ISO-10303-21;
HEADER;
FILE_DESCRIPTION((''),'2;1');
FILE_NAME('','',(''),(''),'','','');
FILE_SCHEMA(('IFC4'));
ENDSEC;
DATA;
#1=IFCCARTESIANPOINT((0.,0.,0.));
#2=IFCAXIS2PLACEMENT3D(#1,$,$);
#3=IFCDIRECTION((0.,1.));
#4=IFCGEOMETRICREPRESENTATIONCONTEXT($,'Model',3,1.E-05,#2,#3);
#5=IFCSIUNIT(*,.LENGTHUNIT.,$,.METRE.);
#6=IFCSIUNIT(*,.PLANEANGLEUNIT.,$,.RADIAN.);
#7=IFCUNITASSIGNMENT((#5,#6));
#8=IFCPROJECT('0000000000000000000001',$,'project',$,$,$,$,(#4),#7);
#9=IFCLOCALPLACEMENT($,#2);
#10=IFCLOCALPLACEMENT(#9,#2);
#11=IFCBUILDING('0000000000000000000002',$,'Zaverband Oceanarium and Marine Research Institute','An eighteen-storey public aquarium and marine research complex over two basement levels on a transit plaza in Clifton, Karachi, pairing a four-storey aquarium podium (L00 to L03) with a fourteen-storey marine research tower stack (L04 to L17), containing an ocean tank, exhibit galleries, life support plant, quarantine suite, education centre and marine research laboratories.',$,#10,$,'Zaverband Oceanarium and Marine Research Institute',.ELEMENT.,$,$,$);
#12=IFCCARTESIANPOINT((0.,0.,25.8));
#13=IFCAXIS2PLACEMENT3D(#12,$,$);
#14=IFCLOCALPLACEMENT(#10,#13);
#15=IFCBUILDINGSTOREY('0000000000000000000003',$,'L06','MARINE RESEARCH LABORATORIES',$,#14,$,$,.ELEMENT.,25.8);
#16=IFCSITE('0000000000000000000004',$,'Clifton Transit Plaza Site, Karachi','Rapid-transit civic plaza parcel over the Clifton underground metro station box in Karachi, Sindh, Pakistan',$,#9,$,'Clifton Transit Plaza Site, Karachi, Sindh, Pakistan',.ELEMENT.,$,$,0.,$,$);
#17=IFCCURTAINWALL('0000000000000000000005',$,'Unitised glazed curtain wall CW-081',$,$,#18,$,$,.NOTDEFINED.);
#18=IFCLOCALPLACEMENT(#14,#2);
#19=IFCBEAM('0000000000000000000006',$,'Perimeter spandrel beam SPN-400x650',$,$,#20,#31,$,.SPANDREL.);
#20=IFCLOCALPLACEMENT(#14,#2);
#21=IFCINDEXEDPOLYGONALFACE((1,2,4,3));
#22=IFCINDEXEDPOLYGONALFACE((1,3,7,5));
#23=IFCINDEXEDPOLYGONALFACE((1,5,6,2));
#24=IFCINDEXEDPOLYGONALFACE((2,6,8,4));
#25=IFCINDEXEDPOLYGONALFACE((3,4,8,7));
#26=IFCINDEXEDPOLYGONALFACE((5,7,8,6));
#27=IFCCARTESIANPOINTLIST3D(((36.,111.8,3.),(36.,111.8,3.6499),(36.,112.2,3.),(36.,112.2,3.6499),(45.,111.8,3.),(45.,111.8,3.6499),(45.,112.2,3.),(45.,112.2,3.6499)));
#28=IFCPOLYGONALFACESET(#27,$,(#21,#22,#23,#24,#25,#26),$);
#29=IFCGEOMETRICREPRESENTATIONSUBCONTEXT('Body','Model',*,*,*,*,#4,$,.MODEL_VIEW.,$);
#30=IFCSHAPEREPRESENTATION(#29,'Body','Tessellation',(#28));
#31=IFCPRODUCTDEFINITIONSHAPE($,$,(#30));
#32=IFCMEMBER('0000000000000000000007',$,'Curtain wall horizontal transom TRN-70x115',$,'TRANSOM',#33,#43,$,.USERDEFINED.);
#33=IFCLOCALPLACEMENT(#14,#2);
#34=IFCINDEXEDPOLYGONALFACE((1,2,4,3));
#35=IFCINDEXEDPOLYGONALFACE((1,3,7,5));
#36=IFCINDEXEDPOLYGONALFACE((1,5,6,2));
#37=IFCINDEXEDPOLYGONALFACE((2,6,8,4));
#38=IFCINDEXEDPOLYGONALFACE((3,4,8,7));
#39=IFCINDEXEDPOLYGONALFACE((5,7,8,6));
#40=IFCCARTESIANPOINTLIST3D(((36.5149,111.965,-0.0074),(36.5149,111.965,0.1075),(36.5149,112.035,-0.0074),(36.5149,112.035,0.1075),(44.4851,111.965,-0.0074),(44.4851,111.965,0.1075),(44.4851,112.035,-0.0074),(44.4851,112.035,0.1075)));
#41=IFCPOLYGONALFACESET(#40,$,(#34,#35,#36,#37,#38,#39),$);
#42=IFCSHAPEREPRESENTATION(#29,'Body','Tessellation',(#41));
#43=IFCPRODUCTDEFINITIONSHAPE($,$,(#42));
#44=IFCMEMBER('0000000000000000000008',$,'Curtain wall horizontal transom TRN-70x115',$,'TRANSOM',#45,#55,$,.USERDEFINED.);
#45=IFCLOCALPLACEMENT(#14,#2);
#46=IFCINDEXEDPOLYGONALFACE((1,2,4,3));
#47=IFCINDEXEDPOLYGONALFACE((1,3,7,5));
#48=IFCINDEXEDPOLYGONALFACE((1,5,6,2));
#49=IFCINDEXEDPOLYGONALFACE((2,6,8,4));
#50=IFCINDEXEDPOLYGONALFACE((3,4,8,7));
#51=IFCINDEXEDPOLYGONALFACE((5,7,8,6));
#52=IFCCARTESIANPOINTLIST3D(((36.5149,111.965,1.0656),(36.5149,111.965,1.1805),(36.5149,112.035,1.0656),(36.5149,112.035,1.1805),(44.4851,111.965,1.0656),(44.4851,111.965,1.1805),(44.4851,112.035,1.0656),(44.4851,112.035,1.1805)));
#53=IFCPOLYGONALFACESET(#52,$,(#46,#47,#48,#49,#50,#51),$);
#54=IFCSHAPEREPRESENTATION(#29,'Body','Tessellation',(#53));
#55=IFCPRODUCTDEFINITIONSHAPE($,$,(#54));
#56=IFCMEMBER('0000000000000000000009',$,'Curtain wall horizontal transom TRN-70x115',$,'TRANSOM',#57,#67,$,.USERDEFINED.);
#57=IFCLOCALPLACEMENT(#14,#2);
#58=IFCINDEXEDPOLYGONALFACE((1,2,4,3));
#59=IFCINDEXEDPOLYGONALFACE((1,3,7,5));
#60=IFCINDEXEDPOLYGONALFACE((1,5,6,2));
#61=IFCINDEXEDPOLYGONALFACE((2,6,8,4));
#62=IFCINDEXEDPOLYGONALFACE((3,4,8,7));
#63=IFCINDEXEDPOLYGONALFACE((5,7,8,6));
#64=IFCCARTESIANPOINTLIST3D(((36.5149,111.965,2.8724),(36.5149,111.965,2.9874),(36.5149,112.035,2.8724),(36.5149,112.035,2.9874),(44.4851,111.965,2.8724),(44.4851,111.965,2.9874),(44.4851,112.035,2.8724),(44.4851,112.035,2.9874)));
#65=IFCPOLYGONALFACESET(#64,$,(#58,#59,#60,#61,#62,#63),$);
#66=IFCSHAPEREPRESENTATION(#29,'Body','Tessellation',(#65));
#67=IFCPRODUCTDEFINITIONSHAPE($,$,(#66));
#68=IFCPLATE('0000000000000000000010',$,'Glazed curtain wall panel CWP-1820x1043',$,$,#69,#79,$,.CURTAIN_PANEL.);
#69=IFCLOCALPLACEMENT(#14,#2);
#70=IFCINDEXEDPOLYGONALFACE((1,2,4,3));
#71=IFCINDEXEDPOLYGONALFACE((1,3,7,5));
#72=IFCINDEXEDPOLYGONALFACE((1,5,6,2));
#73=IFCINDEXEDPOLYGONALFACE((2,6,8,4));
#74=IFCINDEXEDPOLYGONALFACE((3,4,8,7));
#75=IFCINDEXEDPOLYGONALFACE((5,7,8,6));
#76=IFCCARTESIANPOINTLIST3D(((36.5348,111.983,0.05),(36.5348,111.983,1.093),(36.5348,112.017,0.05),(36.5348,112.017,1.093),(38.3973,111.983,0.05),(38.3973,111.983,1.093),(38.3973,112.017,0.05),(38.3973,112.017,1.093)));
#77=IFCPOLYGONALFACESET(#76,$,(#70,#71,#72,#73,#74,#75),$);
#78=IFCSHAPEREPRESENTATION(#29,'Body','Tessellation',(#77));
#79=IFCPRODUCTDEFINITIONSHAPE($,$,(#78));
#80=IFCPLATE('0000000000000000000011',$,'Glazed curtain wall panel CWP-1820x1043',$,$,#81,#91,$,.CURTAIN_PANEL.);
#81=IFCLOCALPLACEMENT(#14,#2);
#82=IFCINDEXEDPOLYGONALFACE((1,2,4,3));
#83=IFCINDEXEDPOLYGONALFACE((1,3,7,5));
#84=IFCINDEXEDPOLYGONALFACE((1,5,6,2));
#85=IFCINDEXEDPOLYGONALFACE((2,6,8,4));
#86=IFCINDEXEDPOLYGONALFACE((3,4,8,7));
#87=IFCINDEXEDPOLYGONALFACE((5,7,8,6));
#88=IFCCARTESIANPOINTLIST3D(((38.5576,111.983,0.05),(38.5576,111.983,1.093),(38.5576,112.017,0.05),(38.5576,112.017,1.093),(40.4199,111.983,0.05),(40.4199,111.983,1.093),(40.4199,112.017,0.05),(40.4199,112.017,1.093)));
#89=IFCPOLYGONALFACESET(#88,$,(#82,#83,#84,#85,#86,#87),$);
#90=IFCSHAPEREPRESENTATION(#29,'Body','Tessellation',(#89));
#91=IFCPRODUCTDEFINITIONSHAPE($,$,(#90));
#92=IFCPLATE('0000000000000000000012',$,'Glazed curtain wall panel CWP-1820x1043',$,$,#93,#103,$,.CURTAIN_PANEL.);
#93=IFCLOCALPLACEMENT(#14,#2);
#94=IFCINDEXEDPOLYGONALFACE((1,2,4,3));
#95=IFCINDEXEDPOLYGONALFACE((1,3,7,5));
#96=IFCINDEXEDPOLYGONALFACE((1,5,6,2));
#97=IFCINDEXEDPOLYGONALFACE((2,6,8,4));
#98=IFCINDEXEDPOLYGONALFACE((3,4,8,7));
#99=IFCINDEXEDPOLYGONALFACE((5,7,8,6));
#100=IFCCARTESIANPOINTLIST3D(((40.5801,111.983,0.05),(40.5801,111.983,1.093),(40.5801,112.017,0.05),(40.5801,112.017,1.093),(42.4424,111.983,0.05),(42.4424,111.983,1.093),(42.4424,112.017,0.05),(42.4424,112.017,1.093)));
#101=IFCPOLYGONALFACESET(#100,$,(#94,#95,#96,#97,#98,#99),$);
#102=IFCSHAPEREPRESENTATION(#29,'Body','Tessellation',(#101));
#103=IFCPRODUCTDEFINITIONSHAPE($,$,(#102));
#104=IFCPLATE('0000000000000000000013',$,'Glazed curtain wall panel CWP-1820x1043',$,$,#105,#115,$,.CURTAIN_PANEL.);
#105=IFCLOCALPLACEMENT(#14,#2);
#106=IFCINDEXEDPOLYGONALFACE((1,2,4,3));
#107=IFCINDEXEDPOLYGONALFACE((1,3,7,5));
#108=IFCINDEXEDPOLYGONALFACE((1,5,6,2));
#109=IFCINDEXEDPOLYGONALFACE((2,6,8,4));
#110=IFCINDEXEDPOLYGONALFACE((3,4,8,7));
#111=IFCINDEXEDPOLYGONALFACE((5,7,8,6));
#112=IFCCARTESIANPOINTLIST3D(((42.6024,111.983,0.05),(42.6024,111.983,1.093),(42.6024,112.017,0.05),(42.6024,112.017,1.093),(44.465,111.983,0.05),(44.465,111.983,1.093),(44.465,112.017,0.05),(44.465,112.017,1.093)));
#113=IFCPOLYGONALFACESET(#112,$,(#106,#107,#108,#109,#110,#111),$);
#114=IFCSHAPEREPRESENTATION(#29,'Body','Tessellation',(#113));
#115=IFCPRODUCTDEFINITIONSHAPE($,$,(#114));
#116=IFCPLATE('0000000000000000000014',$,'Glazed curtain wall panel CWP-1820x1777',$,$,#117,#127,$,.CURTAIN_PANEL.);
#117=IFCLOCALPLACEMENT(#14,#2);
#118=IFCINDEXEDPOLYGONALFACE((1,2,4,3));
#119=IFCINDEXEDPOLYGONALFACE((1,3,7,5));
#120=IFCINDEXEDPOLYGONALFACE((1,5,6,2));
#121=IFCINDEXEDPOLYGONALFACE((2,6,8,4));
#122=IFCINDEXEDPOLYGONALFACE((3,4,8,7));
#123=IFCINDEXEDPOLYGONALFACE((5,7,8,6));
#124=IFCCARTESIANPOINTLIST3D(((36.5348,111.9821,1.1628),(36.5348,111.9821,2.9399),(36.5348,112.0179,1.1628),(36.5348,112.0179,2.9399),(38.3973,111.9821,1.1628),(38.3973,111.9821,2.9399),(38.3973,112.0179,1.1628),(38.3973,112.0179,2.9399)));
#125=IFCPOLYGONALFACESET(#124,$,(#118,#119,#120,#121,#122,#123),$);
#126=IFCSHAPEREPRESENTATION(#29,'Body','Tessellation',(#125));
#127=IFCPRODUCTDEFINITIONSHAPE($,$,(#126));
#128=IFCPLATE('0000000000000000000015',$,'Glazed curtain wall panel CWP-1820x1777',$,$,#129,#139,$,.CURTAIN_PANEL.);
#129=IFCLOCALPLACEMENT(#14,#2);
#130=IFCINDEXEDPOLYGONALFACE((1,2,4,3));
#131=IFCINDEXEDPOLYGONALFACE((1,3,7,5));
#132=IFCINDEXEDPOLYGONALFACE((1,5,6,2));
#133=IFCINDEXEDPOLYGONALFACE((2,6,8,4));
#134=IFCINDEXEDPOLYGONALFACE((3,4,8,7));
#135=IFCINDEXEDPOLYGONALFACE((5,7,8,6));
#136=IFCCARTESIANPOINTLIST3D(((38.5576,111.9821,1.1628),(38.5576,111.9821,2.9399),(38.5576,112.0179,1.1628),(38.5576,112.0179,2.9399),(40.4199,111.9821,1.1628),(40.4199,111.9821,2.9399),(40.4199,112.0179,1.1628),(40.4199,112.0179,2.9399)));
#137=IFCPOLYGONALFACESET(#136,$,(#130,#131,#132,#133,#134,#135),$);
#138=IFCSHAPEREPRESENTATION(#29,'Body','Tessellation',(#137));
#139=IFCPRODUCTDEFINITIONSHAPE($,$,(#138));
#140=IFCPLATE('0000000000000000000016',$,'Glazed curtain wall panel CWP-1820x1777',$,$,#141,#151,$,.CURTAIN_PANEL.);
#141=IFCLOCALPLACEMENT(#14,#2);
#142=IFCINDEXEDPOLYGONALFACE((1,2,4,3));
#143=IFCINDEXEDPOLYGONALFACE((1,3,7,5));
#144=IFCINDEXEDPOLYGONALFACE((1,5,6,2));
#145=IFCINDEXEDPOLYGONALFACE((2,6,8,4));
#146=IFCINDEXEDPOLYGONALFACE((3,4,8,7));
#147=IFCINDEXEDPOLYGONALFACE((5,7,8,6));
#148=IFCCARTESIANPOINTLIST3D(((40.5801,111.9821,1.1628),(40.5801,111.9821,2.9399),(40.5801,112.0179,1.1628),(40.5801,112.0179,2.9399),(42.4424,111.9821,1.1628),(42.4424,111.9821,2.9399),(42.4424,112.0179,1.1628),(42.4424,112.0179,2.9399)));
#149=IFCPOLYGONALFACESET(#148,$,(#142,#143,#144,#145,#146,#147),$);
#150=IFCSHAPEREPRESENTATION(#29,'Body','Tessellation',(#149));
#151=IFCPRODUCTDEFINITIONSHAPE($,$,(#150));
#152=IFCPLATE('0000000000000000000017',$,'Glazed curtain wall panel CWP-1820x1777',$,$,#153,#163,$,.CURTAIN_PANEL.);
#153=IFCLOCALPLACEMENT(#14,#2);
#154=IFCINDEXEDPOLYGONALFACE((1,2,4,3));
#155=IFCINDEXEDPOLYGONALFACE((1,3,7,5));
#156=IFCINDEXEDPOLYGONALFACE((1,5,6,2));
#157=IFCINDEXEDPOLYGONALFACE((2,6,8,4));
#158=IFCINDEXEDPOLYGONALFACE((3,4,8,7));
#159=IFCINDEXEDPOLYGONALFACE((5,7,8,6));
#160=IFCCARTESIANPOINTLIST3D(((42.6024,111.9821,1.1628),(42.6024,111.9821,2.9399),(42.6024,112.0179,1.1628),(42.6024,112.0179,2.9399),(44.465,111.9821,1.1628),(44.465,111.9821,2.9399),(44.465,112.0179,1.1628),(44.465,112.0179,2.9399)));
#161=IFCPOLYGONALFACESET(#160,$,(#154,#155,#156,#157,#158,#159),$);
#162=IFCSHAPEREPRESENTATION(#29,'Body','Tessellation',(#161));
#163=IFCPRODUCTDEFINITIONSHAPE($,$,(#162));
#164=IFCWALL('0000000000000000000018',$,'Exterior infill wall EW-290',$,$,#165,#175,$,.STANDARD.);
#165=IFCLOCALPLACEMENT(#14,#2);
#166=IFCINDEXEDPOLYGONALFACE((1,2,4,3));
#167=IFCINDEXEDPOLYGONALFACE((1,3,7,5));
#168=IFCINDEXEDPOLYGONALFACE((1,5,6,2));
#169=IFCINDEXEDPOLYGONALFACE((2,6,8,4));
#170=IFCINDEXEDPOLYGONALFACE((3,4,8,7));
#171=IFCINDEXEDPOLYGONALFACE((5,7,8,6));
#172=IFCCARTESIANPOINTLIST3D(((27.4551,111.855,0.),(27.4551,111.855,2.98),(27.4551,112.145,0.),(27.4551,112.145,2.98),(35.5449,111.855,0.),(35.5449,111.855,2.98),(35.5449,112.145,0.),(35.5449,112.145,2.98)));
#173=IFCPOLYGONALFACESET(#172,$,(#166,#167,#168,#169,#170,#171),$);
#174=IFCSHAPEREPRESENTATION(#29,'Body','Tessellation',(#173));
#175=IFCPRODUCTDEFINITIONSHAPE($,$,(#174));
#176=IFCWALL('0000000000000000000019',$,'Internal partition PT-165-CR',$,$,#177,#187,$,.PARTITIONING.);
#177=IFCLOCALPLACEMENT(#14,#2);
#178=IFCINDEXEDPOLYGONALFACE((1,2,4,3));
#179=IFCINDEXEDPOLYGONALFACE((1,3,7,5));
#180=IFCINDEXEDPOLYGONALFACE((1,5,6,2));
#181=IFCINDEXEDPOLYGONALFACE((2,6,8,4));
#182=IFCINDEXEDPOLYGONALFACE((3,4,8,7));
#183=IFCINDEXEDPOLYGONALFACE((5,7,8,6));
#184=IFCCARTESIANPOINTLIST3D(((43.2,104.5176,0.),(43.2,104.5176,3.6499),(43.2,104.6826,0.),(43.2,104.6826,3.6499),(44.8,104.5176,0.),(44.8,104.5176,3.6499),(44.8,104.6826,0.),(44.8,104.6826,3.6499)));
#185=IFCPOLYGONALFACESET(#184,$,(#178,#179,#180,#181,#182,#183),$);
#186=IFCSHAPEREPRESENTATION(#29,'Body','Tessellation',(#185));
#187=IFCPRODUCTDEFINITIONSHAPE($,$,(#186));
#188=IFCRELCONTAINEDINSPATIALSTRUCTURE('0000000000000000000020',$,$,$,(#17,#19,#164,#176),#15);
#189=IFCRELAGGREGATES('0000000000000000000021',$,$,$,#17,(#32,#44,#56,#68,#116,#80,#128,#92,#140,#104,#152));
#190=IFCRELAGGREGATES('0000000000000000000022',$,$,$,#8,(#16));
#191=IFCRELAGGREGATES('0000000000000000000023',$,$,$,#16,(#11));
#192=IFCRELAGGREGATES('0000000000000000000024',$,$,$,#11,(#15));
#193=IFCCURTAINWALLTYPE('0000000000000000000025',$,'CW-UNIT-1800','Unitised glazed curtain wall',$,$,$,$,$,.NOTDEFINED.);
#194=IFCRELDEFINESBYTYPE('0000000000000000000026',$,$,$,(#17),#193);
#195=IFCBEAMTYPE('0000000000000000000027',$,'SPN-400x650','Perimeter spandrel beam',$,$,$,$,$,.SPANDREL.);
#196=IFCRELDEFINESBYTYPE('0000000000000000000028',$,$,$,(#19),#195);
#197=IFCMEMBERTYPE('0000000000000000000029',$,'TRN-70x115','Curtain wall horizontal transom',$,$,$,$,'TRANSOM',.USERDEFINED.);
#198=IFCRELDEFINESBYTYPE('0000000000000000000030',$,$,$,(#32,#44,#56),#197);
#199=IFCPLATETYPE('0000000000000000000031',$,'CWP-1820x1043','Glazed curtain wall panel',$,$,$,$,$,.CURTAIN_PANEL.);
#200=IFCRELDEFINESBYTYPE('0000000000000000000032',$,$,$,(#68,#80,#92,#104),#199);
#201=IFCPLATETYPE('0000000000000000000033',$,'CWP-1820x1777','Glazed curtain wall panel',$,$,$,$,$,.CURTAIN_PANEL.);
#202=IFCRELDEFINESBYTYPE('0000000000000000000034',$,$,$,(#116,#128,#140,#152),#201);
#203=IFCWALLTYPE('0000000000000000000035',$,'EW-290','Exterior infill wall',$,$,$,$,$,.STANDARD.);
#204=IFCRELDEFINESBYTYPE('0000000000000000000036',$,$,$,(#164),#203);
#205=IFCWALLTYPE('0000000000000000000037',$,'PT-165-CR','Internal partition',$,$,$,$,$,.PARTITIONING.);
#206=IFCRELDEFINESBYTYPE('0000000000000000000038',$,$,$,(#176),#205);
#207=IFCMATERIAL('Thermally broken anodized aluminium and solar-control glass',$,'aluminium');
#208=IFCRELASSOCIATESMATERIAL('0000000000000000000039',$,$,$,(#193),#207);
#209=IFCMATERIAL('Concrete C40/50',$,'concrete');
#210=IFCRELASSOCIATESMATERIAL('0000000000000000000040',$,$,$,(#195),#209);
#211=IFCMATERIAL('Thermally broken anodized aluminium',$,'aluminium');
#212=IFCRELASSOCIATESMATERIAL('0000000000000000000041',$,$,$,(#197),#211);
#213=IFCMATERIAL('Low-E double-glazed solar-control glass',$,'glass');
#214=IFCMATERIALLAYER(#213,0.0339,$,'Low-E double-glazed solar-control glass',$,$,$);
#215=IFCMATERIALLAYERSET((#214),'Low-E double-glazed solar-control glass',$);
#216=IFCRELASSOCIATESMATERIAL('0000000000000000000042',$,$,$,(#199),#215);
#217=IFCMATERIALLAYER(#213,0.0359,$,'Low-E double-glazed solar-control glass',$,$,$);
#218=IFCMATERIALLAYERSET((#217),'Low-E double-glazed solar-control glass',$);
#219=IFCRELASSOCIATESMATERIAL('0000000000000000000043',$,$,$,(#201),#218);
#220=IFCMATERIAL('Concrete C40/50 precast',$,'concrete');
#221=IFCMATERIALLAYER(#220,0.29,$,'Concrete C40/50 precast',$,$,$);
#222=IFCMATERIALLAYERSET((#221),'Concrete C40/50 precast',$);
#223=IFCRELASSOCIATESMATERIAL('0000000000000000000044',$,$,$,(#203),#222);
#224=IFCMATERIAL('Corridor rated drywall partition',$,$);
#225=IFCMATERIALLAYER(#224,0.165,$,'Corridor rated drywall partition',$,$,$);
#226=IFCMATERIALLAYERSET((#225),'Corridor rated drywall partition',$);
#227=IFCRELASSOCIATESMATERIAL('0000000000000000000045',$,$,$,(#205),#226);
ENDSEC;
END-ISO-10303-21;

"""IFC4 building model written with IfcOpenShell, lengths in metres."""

from ifc_helpers import new_model, si_unit, direction, frame, frame_2d, origin, origin_2d, place, context, subcontext, project, spatial, rectangle, extrude, material, layer, layer_set, material_profile, profile_set, type_object, element, aggregate, save


model = new_model("IFC4")

# Units and contexts
model_context = context("Model", 3, precision=1e-05, world=origin(), true_north=direction((0.0, 1.0)))
body_context = subcontext(model_context, "Body", "Model", "MODEL_VIEW")
ifc_project = project(units=[si_unit("LENGTHUNIT", "METRE"), si_unit("PLANEANGLEUNIT", "RADIAN")], contexts=[model_context])

# Site, building, storey
site_placement = place(None, origin())
site = spatial("IfcSite", under=ifc_project, at=site_placement, Name="Clifton Transit Plaza Site, Karachi", Description="Rapid-transit civic plaza parcel over the Clifton underground metro station box in Karachi, Sindh, Pakistan", LongName="Clifton Transit Plaza Site, Karachi, Sindh, Pakistan", CompositionType="ELEMENT", RefElevation=0.0)
building_placement = place(site_placement, origin())
building = spatial("IfcBuilding", under=site, at=building_placement, Name="Zaverband Oceanarium and Marine Research Institute", Description="An eighteen-storey public aquarium and marine research complex over two basement levels on a transit plaza in Clifton, Karachi, pairing a four-storey aquarium podium (L00 to L03) with a fourteen-storey marine research tower stack (L04 to L17), containing an ocean tank, exhibit galleries, life support plant, quarantine suite, education centre and marine research laboratories.", LongName="Zaverband Oceanarium and Marine Research Institute", CompositionType="ELEMENT")
storey_placement = place(building_placement, frame((0.0, 0.0, 25.8)))
storey = spatial("IfcBuildingStorey", under=building, at=storey_placement, Name="L06", Description="MARINE RESEARCH LABORATORIES", CompositionType="ELEMENT", Elevation=25.8)

# Shared definitions
ifc_material_1 = material(Name="Concrete C40/50", Category="concrete")

# Curtain wall
ifc_material_2 = material(Name="Thermally broken anodized aluminium and solar-control glass", Category="aluminium")
curtain_wall_type = type_object("IfcCurtainWallType", Name="CW-UNIT-1800", Description="Unitised glazed curtain wall", PredefinedType="NOTDEFINED", material=ifc_material_2)
curtain_wall_placement = place(storey_placement, origin())
curtain_wall = element("IfcCurtainWall", 1, at=curtain_wall_placement, inside=storey, type_object=curtain_wall_type, Name="Unitised glazed curtain wall CW-081", PredefinedType="NOTDEFINED")
ifc_material_3 = material(Name="Thermally broken anodized aluminium", Category="aluminium")

# Beam
ifc_material_profile_1 = material_profile(ifc_material_1, rectangle(XDim=0.3999, YDim=0.6499, at=origin_2d()), Name="RC400x650")
ifc_profile_set_1 = profile_set([ifc_material_profile_1], Name="Concrete C40/50")
beam_type_1 = type_object("IfcBeamType", Name="SPN-400x650", Description="Perimeter spandrel beam", PredefinedType="SPANDREL", material=ifc_profile_set_1)
beam_1_placement = place(storey_placement, frame((36.0, 112.0, 3.325), z_axis=(1.0, 0.0, 0.0), x_axis=(0.0, 1.0, 0.0)))
element("IfcBeam", 2, at=beam_1_placement, inside=storey, type_object=beam_type_1, Name="Perimeter spandrel beam SPN-400x650", PredefinedType="SPANDREL", context=body_context, shape_type="SweptSolid", body=[
    extrude(rectangle(XDim=0.3999, YDim=0.6499, at=origin_2d()), origin(), (0.0, 0.0, 1.0), 9.0),
])

# Members
ifc_material_profile_2 = material_profile(ifc_material_3, rectangle(XDim=0.0701, YDim=0.115, at=origin_2d()), Name="AL-TRN-70x115")
ifc_profile_set_2 = profile_set([ifc_material_profile_2], Name="Thermally broken anodized aluminium")
member_type_1 = type_object("IfcMemberType", Name="TRN-70x115", Description="Curtain wall horizontal transom", ElementType="TRANSOM", PredefinedType="USERDEFINED", material=ifc_profile_set_2)
member_1_placement = place(storey_placement, frame((36.5149, 112.0, 0.05), z_axis=(1.0, 0.0, 0.0), x_axis=(0.0, 1.0, 0.0)))
member_1 = element("IfcMember", 3, at=member_1_placement, type_object=member_type_1, Name="Curtain wall horizontal transom TRN-70x115", ObjectType="TRANSOM", PredefinedType="USERDEFINED", context=body_context, shape_type="SweptSolid", body=[
    extrude(rectangle(XDim=0.0701, YDim=0.115, at=origin_2d()), origin(), (0.0, 0.0, 1.0), 7.9702),
])
member_2_placement = place(storey_placement, frame((36.5149, 112.0, 1.123), z_axis=(1.0, 0.0, 0.0), x_axis=(0.0, 1.0, 0.0)))
member_2 = element("IfcMember", 4, at=member_2_placement, type_object=member_type_1, Name="Curtain wall horizontal transom TRN-70x115", ObjectType="TRANSOM", PredefinedType="USERDEFINED", context=body_context, shape_type="SweptSolid", body=[
    extrude(rectangle(XDim=0.0701, YDim=0.115, at=origin_2d()), origin(), (0.0, 0.0, 1.0), 7.9702),
])
member_3_placement = place(storey_placement, frame((36.5149, 112.0, 2.9299), z_axis=(1.0, 0.0, 0.0), x_axis=(0.0, 1.0, 0.0)))
member_3 = element("IfcMember", 5, at=member_3_placement, type_object=member_type_1, Name="Curtain wall horizontal transom TRN-70x115", ObjectType="TRANSOM", PredefinedType="USERDEFINED", context=body_context, shape_type="SweptSolid", body=[
    extrude(rectangle(XDim=0.0701, YDim=0.115, at=origin_2d()), origin(), (0.0, 0.0, 1.0), 7.9702),
])

# Plates
ifc_material_4 = material(Name="Low-E double-glazed solar-control glass", Category="glass")
ifc_layer_1 = layer(ifc_material_4, 0.0339, Name="Low-E double-glazed solar-control glass")
ifc_layer_set_1 = layer_set([ifc_layer_1], Name="Low-E double-glazed solar-control glass")
plate_type_1 = type_object("IfcPlateType", Name="CWP-1820x1043", Description="Glazed curtain wall panel", PredefinedType="CURTAIN_PANEL", material=ifc_layer_set_1)
plate_1_placement = place(storey_placement, frame((36.5349, 112.0, 0.05), z_axis=(0.0, 0.0, 1.0), x_axis=(1.0, 0.0, 0.0)))
plate_1 = element("IfcPlate", 6, at=plate_1_placement, type_object=plate_type_1, Name="Glazed curtain wall panel CWP-1820x1043", PredefinedType="CURTAIN_PANEL", context=body_context, shape_type="SweptSolid", body=[
    extrude(rectangle(XDim=1.8625, YDim=0.0339, at=frame_2d((0.9312, 0.0))), origin(), (0.0, 0.0, 1.0), 1.043),
])
plate_2_placement = place(storey_placement, frame((38.5576, 112.0, 0.05), z_axis=(0.0, 0.0, 1.0), x_axis=(1.0, 0.0, 0.0)))
plate_2 = element("IfcPlate", 7, at=plate_2_placement, type_object=plate_type_1, Name="Glazed curtain wall panel CWP-1820x1043", PredefinedType="CURTAIN_PANEL", context=body_context, shape_type="SweptSolid", body=[
    extrude(rectangle(XDim=1.8623, YDim=0.0339, at=frame_2d((0.9312, 0.0))), origin(), (0.0, 0.0, 1.0), 1.043),
])
plate_3_placement = place(storey_placement, frame((40.5801, 112.0, 0.05), z_axis=(0.0, 0.0, 1.0), x_axis=(1.0, 0.0, 0.0)))
plate_3 = element("IfcPlate", 8, at=plate_3_placement, type_object=plate_type_1, Name="Glazed curtain wall panel CWP-1820x1043", PredefinedType="CURTAIN_PANEL", context=body_context, shape_type="SweptSolid", body=[
    extrude(rectangle(XDim=1.8623, YDim=0.0339, at=frame_2d((0.9312, 0.0))), origin(), (0.0, 0.0, 1.0), 1.043),
])
plate_4_placement = place(storey_placement, frame((42.6025, 112.0, 0.05), z_axis=(0.0, 0.0, 1.0), x_axis=(1.0, 0.0, 0.0)))
plate_4 = element("IfcPlate", 9, at=plate_4_placement, type_object=plate_type_1, Name="Glazed curtain wall panel CWP-1820x1043", PredefinedType="CURTAIN_PANEL", context=body_context, shape_type="SweptSolid", body=[
    extrude(rectangle(XDim=1.8625, YDim=0.0339, at=frame_2d((0.9312, 0.0))), origin(), (0.0, 0.0, 1.0), 1.043),
])
ifc_layer_2 = layer(ifc_material_4, 0.0359, Name="Low-E double-glazed solar-control glass")
ifc_layer_set_2 = layer_set([ifc_layer_2], Name="Low-E double-glazed solar-control glass")
plate_type_2 = type_object("IfcPlateType", Name="CWP-1820x1777", Description="Glazed curtain wall panel", PredefinedType="CURTAIN_PANEL", material=ifc_layer_set_2)
plate_5_placement = place(storey_placement, frame((36.5349, 112.0, 1.1628), z_axis=(0.0, 0.0, 1.0), x_axis=(1.0, 0.0, 0.0)))
plate_5 = element("IfcPlate", 10, at=plate_5_placement, type_object=plate_type_2, Name="Glazed curtain wall panel CWP-1820x1777", PredefinedType="CURTAIN_PANEL", context=body_context, shape_type="SweptSolid", body=[
    extrude(rectangle(XDim=1.8625, YDim=0.0359, at=frame_2d((0.9312, 0.0))), origin(), (0.0, 0.0, 1.0), 1.7771),
])
plate_6_placement = place(storey_placement, frame((38.5576, 112.0, 1.1628), z_axis=(0.0, 0.0, 1.0), x_axis=(1.0, 0.0, 0.0)))
plate_6 = element("IfcPlate", 11, at=plate_6_placement, type_object=plate_type_2, Name="Glazed curtain wall panel CWP-1820x1777", PredefinedType="CURTAIN_PANEL", context=body_context, shape_type="SweptSolid", body=[
    extrude(rectangle(XDim=1.8623, YDim=0.0359, at=frame_2d((0.9312, 0.0))), origin(), (0.0, 0.0, 1.0), 1.7771),
])
plate_7_placement = place(storey_placement, frame((40.5801, 112.0, 1.1628), z_axis=(0.0, 0.0, 1.0), x_axis=(1.0, 0.0, 0.0)))
plate_7 = element("IfcPlate", 12, at=plate_7_placement, type_object=plate_type_2, Name="Glazed curtain wall panel CWP-1820x1777", PredefinedType="CURTAIN_PANEL", context=body_context, shape_type="SweptSolid", body=[
    extrude(rectangle(XDim=1.8623, YDim=0.0359, at=frame_2d((0.9312, 0.0))), origin(), (0.0, 0.0, 1.0), 1.7771),
])
plate_8_placement = place(storey_placement, frame((42.6025, 112.0, 1.1628), z_axis=(0.0, 0.0, 1.0), x_axis=(1.0, 0.0, 0.0)))
plate_8 = element("IfcPlate", 13, at=plate_8_placement, type_object=plate_type_2, Name="Glazed curtain wall panel CWP-1820x1777", PredefinedType="CURTAIN_PANEL", context=body_context, shape_type="SweptSolid", body=[
    extrude(rectangle(XDim=1.8625, YDim=0.0359, at=frame_2d((0.9312, 0.0))), origin(), (0.0, 0.0, 1.0), 1.7771),
])
aggregate(curtain_wall, [member_1, member_2, member_3, plate_1, plate_5, plate_2, plate_6, plate_3, plate_7, plate_4, plate_8])

# Walls
ifc_material_5 = material(Name="Concrete C40/50 precast", Category="concrete")
ifc_layer_3 = layer(ifc_material_5, 0.29, Name="Concrete C40/50 precast")
ifc_layer_set_3 = layer_set([ifc_layer_3], Name="Concrete C40/50 precast")
wall_type_1 = type_object("IfcWallType", Name="EW-290", Description="Exterior infill wall", PredefinedType="STANDARD", material=ifc_layer_set_3)
wall_1_placement = place(storey_placement, frame((27.4551, 112.0, 0.0), z_axis=(0.0, 0.0, 1.0), x_axis=(1.0, 0.0, 0.0)))
element("IfcWall", 14, at=wall_1_placement, inside=storey, type_object=wall_type_1, Name="Exterior infill wall EW-290", PredefinedType="STANDARD", context=body_context, shape_type="SweptSolid", body=[
    extrude(rectangle(XDim=8.0898, YDim=0.29, at=frame_2d((4.0449, 0.0))), origin(), (0.0, 0.0, 1.0), 2.98),
])
ifc_material_6 = material(Name="Corridor rated drywall partition")
ifc_layer_4 = layer(ifc_material_6, 0.165, Name="Corridor rated drywall partition")
ifc_layer_set_4 = layer_set([ifc_layer_4], Name="Corridor rated drywall partition")
wall_type_2 = type_object("IfcWallType", Name="PT-165-CR", Description="Internal partition", PredefinedType="PARTITIONING", material=ifc_layer_set_4)
for number, where, z_axis, x_axis, name in (
    (15, (43.2, 104.6001, 0.0), (0.0, 0.0, 1.0), (1.0, 0.0, 0.0), "Internal partition PT-165-CR"),
):
    element("IfcWall", number, at=place(storey_placement, frame(where, z_axis=z_axis, x_axis=x_axis)), inside=storey, type_object=wall_type_2, Name=name, PredefinedType="PARTITIONING", context=body_context, shape_type="SweptSolid", body=[
        extrude(rectangle(XDim=1.6001, YDim=0.165, at=frame_2d((0.8, 0.0))), origin(), (0.0, 0.0, 1.0), 3.6499),
    ])

save(model, "model.ifc")
